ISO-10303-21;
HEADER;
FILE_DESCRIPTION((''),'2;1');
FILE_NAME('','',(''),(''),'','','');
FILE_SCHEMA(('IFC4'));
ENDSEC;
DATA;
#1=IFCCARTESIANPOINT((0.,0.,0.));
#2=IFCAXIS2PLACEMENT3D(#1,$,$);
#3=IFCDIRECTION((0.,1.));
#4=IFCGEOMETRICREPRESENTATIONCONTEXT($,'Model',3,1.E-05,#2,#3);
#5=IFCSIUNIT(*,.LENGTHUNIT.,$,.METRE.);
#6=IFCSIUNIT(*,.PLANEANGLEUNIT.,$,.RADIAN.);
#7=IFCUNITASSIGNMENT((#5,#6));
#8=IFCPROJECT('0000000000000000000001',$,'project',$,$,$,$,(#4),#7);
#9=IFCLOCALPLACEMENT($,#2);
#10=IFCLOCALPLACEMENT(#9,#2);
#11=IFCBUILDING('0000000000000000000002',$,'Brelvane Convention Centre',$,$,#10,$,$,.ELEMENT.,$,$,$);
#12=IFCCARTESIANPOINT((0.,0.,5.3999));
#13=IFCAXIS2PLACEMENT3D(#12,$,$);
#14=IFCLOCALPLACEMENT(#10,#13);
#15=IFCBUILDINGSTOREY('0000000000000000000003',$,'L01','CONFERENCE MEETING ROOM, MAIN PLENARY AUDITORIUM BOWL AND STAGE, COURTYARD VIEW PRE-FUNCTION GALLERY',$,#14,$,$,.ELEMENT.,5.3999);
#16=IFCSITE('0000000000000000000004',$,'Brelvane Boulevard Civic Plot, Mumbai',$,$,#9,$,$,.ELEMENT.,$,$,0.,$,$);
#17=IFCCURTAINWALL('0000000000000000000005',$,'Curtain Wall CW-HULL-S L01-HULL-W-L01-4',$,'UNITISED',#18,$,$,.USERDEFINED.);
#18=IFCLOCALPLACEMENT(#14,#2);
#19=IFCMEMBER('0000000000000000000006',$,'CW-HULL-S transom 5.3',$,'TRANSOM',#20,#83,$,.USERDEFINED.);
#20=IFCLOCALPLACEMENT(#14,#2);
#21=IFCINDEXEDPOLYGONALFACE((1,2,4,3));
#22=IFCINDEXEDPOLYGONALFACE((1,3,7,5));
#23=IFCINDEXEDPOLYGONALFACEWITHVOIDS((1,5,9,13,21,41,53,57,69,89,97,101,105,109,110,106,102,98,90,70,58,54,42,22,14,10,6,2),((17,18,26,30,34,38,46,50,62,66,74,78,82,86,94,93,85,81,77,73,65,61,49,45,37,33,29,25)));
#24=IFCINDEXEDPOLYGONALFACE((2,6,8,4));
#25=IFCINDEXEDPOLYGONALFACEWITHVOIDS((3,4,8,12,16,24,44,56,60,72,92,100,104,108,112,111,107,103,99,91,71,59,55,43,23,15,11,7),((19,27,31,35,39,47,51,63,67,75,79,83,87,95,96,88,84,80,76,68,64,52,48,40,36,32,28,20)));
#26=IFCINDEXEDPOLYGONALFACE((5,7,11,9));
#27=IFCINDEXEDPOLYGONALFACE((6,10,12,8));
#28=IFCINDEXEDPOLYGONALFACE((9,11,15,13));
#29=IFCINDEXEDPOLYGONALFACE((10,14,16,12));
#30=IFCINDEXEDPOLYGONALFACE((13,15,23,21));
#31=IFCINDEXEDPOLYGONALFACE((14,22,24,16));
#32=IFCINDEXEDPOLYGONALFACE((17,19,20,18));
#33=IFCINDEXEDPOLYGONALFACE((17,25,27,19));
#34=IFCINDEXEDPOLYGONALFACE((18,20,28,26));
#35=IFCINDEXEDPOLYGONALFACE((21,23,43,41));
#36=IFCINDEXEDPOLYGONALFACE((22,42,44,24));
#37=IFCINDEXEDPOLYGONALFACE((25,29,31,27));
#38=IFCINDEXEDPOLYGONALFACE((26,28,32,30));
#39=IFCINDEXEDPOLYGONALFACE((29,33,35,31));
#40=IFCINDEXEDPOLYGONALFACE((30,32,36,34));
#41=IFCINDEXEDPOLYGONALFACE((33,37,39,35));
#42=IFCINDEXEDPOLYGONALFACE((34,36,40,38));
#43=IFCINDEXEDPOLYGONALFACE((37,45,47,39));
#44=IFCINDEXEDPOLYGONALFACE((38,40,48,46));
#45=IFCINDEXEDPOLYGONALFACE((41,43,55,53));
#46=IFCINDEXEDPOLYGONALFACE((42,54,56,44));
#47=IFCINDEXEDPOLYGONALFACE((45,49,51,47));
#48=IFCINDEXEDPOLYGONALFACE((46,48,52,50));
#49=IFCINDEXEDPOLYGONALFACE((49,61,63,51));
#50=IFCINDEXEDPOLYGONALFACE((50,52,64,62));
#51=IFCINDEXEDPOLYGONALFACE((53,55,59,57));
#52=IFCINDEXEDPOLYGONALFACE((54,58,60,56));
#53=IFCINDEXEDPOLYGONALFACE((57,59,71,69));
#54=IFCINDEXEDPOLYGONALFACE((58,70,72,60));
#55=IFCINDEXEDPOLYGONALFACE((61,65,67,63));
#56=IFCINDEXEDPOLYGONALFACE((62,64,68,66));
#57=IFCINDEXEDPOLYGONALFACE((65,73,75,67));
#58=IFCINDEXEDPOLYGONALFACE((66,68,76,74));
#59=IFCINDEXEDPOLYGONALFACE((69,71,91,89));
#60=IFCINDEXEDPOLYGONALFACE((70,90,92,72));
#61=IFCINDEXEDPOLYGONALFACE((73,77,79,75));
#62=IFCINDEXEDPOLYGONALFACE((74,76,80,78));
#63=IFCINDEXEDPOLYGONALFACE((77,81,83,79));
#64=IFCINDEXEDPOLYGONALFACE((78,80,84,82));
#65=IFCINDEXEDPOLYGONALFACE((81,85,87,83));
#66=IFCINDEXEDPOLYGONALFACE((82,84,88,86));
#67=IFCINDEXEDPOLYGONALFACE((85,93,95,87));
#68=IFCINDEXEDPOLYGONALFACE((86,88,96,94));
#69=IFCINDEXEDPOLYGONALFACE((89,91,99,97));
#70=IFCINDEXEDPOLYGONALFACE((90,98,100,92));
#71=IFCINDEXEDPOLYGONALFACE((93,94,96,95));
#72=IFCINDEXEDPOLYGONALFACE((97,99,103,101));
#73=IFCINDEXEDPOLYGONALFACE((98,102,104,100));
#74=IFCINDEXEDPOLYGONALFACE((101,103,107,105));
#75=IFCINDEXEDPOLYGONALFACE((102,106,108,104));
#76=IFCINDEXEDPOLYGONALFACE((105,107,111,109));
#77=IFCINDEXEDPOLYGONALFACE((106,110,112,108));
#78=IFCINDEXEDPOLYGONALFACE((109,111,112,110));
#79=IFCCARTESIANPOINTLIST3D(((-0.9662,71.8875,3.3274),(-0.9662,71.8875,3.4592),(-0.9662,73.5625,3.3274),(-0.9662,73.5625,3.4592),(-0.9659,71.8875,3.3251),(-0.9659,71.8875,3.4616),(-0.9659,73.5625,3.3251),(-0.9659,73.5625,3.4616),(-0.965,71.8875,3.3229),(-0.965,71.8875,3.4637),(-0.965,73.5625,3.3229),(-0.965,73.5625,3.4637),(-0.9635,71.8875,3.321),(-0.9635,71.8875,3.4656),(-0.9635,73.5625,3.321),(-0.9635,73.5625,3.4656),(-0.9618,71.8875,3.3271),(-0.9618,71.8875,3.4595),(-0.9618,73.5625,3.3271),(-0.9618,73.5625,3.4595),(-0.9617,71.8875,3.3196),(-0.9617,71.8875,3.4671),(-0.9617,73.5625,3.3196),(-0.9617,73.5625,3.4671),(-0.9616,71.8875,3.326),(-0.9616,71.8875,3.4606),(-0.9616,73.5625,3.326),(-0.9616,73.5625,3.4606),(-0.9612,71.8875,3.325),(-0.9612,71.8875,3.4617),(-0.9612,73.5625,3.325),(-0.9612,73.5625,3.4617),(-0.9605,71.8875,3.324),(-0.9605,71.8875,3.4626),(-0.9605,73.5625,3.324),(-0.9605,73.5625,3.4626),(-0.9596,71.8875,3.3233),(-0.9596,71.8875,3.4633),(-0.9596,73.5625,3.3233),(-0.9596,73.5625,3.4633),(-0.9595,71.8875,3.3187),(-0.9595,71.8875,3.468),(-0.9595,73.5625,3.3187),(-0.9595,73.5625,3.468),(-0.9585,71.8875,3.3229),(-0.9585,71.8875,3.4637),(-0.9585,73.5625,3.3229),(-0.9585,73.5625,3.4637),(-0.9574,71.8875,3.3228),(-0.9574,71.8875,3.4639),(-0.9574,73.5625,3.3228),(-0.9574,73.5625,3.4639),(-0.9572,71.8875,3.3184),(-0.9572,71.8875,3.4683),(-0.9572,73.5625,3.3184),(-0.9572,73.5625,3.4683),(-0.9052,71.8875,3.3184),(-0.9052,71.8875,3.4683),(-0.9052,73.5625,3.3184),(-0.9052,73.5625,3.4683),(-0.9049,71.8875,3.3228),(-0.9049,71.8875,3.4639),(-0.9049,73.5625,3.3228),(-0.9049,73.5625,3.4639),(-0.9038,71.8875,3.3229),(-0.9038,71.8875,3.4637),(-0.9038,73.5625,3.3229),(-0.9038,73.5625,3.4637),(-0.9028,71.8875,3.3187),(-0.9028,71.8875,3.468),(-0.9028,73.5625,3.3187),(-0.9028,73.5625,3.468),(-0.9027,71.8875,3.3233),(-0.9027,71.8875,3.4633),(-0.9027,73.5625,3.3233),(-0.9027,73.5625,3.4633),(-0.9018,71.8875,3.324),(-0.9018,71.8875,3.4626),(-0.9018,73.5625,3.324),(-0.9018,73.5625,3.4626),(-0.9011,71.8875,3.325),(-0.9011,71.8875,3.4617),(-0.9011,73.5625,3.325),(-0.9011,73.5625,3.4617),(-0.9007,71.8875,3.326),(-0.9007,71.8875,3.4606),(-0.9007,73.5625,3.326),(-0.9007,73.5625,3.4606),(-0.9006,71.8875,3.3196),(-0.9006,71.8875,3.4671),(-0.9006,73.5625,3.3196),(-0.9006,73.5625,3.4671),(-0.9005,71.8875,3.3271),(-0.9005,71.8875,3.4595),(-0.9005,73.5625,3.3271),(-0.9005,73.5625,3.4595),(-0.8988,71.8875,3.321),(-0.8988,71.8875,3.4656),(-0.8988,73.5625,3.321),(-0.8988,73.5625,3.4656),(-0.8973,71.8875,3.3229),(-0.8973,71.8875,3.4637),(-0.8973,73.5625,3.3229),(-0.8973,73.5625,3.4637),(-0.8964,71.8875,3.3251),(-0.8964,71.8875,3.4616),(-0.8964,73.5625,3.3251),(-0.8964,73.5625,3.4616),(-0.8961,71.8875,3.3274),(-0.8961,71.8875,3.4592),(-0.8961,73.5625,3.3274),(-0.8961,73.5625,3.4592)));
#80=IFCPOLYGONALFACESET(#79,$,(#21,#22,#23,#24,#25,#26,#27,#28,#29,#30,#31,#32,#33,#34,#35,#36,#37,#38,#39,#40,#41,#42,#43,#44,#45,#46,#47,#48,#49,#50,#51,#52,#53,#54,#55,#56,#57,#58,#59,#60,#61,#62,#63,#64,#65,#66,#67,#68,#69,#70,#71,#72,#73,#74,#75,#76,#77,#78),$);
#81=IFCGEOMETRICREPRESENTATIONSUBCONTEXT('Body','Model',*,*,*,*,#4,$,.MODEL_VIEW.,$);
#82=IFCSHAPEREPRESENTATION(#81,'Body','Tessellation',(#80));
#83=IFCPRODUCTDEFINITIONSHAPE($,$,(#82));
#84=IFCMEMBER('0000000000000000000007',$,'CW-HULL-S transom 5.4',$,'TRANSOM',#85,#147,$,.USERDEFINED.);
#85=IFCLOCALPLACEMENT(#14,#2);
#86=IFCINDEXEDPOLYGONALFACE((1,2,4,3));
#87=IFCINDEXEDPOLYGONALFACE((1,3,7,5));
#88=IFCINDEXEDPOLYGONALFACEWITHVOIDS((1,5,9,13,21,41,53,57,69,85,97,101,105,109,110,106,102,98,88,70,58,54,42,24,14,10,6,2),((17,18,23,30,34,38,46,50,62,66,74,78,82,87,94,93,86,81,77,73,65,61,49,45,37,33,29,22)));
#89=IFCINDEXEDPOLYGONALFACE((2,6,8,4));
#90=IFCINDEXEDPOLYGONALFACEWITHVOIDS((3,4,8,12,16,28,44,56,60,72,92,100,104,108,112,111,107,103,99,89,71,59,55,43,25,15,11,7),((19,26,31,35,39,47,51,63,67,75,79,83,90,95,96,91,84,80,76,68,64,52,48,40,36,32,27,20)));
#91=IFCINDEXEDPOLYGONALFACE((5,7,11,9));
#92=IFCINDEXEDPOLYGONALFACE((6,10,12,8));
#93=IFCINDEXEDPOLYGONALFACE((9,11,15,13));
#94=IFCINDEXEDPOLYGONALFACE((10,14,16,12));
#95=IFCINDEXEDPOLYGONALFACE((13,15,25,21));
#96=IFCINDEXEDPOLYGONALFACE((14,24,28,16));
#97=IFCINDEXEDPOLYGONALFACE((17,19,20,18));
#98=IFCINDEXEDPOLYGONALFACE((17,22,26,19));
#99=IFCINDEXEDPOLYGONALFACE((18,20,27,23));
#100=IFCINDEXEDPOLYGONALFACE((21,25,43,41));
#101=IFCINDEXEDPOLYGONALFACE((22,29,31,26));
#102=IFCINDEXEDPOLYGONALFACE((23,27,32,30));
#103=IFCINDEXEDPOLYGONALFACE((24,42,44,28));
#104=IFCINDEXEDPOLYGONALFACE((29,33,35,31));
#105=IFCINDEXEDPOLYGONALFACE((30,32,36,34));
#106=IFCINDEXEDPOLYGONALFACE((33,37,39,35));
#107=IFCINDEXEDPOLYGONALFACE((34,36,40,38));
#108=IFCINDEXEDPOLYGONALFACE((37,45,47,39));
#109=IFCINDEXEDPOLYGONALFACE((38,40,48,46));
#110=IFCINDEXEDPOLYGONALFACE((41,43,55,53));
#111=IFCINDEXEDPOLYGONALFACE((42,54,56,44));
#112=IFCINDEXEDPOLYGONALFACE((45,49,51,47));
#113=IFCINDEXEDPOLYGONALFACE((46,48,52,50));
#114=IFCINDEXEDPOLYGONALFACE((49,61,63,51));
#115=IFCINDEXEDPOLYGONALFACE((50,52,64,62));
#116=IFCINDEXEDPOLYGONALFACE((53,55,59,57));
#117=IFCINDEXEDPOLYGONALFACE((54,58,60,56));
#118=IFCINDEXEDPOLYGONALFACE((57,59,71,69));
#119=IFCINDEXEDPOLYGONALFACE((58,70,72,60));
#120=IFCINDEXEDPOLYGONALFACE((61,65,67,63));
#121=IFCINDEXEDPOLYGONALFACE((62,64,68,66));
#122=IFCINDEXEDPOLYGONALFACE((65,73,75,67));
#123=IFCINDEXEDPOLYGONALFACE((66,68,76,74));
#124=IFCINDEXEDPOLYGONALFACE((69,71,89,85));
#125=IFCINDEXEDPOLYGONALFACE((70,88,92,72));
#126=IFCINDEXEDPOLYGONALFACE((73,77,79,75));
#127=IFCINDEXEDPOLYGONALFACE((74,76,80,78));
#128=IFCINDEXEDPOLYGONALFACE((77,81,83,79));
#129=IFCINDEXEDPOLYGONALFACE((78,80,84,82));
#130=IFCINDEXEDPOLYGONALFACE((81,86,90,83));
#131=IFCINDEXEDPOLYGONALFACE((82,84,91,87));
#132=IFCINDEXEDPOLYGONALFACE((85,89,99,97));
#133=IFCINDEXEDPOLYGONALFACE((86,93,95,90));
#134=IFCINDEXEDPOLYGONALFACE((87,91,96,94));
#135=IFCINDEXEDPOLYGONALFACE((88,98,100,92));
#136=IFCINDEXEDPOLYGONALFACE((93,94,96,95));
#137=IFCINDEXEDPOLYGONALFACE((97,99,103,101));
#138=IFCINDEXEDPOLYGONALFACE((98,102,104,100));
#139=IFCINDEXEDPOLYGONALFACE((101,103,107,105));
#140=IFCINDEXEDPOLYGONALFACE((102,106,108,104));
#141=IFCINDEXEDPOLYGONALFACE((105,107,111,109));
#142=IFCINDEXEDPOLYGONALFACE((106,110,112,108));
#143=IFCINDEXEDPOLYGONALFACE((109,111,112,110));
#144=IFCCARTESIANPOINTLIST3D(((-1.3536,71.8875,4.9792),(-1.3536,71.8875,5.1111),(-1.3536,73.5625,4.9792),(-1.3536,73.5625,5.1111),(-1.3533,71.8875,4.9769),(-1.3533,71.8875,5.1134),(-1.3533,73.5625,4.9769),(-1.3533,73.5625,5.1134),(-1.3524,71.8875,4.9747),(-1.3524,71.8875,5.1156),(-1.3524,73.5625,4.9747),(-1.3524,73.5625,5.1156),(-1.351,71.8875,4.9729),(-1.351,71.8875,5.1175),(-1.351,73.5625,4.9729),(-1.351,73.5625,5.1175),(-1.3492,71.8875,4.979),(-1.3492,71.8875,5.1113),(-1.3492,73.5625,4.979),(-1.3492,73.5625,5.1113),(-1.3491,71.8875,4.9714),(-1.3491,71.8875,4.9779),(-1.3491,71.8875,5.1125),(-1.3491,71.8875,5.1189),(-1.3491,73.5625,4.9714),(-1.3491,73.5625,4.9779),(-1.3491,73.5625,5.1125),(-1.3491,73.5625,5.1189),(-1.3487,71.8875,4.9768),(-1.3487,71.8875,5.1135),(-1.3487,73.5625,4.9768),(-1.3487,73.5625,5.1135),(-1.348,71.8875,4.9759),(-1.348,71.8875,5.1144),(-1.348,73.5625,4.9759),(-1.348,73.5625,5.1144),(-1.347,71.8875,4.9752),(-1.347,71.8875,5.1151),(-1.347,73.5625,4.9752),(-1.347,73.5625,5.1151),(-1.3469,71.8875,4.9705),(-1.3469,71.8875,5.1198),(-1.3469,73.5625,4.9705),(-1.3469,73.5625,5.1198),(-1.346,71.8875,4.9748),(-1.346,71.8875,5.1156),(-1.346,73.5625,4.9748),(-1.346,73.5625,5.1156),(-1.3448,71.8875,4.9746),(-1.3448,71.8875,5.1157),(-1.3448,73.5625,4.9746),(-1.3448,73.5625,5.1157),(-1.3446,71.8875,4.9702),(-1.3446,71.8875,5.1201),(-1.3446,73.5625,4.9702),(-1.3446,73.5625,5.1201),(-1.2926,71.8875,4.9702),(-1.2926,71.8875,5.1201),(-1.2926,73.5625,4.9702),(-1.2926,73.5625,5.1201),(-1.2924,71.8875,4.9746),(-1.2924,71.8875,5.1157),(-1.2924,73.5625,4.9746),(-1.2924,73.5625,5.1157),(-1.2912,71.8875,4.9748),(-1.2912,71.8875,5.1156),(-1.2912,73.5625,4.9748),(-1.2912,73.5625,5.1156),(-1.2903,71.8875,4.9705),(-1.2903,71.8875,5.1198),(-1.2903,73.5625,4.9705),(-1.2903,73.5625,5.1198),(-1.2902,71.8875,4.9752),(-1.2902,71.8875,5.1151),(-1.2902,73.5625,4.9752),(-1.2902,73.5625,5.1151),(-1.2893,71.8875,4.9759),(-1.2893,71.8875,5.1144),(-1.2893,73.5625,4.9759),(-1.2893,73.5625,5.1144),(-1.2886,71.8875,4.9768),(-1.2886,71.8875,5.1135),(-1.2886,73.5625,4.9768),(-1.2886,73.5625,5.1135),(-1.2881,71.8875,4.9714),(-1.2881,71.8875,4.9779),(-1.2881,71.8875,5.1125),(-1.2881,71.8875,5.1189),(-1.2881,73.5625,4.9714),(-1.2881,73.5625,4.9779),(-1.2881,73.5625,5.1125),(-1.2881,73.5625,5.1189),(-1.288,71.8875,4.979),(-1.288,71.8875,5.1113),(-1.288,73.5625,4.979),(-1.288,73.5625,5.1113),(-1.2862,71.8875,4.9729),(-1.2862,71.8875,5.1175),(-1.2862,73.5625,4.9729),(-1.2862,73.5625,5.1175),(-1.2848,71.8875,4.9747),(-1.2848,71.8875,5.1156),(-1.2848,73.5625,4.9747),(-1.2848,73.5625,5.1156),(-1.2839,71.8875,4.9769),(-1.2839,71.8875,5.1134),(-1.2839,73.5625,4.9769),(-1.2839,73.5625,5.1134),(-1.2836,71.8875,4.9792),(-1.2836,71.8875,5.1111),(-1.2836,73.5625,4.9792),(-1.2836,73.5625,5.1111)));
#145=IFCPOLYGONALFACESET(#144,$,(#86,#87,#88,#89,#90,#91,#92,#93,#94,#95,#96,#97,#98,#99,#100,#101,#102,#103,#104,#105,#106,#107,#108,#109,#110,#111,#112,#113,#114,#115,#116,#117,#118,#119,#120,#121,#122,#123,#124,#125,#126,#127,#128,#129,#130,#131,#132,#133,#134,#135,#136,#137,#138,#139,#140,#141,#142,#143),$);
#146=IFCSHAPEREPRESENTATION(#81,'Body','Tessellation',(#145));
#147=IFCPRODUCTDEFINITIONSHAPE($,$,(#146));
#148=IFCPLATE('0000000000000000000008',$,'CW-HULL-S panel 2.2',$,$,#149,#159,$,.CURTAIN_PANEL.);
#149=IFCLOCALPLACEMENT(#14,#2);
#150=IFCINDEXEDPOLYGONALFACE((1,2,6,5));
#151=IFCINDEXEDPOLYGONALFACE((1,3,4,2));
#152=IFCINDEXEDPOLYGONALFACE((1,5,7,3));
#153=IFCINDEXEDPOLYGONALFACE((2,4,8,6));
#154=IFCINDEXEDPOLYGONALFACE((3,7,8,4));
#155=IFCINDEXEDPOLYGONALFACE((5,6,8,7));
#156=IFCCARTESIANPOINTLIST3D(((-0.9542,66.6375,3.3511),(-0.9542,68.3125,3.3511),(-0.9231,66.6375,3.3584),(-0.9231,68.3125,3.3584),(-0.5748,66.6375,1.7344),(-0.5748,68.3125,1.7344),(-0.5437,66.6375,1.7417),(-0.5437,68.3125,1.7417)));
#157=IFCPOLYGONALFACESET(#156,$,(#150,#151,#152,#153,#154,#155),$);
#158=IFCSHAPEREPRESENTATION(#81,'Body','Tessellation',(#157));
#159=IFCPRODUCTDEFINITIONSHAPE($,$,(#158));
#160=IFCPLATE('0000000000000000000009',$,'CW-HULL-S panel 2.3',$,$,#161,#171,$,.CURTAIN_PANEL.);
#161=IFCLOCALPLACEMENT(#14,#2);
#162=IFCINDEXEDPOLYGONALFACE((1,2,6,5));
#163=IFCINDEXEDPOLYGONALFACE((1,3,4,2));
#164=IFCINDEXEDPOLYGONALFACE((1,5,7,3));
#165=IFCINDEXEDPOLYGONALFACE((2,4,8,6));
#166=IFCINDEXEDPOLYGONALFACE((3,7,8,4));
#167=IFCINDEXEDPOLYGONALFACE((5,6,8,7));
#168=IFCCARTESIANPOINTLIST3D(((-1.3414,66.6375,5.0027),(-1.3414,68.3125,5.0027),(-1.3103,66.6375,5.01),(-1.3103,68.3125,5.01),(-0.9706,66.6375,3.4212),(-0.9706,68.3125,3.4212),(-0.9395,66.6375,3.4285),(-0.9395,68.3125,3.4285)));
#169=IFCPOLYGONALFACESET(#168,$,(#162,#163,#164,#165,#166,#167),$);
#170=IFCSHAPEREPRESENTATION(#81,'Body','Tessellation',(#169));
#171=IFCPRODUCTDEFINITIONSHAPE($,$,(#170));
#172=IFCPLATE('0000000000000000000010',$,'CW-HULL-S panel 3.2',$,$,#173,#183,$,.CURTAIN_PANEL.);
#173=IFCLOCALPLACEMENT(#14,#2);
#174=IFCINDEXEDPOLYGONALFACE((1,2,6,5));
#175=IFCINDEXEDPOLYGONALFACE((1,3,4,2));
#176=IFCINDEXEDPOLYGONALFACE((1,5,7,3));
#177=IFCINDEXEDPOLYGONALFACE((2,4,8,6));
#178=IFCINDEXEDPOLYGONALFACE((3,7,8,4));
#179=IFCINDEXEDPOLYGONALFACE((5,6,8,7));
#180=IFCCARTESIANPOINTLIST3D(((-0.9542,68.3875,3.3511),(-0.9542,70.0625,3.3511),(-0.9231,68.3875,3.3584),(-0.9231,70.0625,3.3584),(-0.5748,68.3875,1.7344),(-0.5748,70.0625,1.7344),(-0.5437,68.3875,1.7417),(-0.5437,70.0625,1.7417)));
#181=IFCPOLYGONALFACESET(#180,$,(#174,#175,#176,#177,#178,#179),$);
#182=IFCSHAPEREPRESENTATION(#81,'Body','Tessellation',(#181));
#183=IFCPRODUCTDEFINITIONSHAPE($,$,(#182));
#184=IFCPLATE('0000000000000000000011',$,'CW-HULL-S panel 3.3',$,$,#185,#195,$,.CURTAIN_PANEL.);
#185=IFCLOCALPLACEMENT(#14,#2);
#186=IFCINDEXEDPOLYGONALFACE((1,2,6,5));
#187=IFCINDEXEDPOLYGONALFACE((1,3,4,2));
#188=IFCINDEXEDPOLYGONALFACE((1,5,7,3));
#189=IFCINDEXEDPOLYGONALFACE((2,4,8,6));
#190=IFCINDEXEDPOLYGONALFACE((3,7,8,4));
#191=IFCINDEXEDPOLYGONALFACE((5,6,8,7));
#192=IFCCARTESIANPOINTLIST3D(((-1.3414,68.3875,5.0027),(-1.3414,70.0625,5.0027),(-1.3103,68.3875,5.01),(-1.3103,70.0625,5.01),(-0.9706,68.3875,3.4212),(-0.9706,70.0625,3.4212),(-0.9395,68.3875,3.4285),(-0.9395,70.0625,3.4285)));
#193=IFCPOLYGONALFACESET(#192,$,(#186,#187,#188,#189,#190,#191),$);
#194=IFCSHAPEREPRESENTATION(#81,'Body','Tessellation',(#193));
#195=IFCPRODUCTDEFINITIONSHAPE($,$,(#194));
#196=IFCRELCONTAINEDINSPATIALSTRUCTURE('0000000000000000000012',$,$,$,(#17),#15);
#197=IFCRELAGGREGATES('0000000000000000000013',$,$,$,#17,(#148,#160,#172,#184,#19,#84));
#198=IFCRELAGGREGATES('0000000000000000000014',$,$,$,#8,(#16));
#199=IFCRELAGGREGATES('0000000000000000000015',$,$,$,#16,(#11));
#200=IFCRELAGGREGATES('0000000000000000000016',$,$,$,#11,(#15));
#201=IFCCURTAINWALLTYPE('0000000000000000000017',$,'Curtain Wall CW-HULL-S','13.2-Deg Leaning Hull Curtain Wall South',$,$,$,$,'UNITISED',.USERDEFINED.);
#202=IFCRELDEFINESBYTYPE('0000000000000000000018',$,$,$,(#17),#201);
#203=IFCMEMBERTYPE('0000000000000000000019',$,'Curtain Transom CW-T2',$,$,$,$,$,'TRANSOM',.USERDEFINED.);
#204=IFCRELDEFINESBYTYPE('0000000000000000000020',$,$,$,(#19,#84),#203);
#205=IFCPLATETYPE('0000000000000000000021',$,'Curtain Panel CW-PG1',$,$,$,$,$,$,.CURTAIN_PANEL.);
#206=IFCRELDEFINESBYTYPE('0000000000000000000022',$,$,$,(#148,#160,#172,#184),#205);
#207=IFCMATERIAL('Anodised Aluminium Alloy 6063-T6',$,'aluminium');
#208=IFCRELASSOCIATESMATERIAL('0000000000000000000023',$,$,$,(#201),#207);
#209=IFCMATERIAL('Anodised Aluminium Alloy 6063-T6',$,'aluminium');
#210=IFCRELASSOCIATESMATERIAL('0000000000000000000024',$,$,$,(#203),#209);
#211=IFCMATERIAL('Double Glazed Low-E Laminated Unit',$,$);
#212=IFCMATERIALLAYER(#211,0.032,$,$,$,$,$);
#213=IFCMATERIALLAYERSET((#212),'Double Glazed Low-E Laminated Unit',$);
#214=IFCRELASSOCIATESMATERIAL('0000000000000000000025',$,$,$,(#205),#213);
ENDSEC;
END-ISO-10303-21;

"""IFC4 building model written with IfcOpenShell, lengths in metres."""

from ifc_helpers import new_model, si_unit, direction, frame, origin, origin_2d, place, context, subcontext, project, spatial, polyline, hollow_rectangle, outline, extrude, material, layer, layer_set, material_profile, profile_set, type_object, element, aggregate, save


model = new_model("IFC4")

# Units and contexts
model_context = context("Model", 3, precision=1e-05, world=origin(), true_north=direction((0.0, 1.0)))
body_context = subcontext(model_context, "Body", "Model", "MODEL_VIEW")
ifc_project = project(units=[si_unit("LENGTHUNIT", "METRE"), si_unit("PLANEANGLEUNIT", "RADIAN")], contexts=[model_context])

# Site, building, storey
site_placement = place(None, origin())
site = spatial("IfcSite", under=ifc_project, at=site_placement, Name="Brelvane Boulevard Civic Plot, Mumbai", CompositionType="ELEMENT", RefElevation=0.0)
building_placement = place(site_placement, origin())
building = spatial("IfcBuilding", under=site, at=building_placement, Name="Brelvane Convention Centre", CompositionType="ELEMENT")
storey_placement = place(building_placement, frame((0.0, 0.0, 5.3999)))
storey = spatial("IfcBuildingStorey", under=building, at=storey_placement, Name="L01", Description="CONFERENCE MEETING ROOM, MAIN PLENARY AUDITORIUM BOWL AND STAGE, COURTYARD VIEW PRE-FUNCTION GALLERY", CompositionType="ELEMENT", Elevation=5.3999)

# Curtain wall, members, plates
ifc_material_1 = material(Name="Anodised Aluminium Alloy 6063-T6", Category="aluminium")
curtain_wall_type = type_object("IfcCurtainWallType", Name="Curtain Wall CW-HULL-S", Description="13.2-Deg Leaning Hull Curtain Wall South", ElementType="UNITISED", PredefinedType="USERDEFINED", material=ifc_material_1)
curtain_wall_placement = place(storey_placement, origin())
curtain_wall = element("IfcCurtainWall", 1, at=curtain_wall_placement, inside=storey, type_object=curtain_wall_type, Name="Curtain Wall CW-HULL-S L01-HULL-W-L01-4", ObjectType="UNITISED", PredefinedType="USERDEFINED")
ifc_material_2 = material(Name="Anodised Aluminium Alloy 6063-T6", Category="aluminium")
ifc_material_profile_1 = material_profile(ifc_material_2, hollow_rectangle(XDim=0.0701, YDim=0.1499, WallThickness=0.0044, InnerFilletRadius=0.0044, OuterFilletRadius=0.009, at=origin_2d()), Name="ALU-T 150x70x4.5")
ifc_profile_set_1 = profile_set([ifc_material_profile_1], Name="Anodised Aluminium Alloy 6063-T6")
member_type_1 = type_object("IfcMemberType", Name="Curtain Transom CW-T2", ElementType="TRANSOM", PredefinedType="USERDEFINED", material=ifc_profile_set_1)
member_1_placement = place(storey_placement, frame((-0.9312, 71.8875, 3.3933), z_axis=(0.0, 1.0, 0.0), x_axis=(-1.0, 0.0, 0.0)))
member_1 = element("IfcMember", 2, at=member_1_placement, type_object=member_type_1, Name="CW-HULL-S transom 5.3", ObjectType="TRANSOM", PredefinedType="USERDEFINED", context=body_context, shape_type="SweptSolid", body=[
    extrude(hollow_rectangle(XDim=0.0701, YDim=0.1499, WallThickness=0.0044, InnerFilletRadius=0.0044, OuterFilletRadius=0.009, at=origin_2d()), origin(), (0.0, 0.0, 1.0), 1.675),
])
member_2_placement = place(storey_placement, frame((-1.3186, 71.8875, 5.0452), z_axis=(0.0, 1.0, 0.0), x_axis=(-1.0, 0.0, 0.0)))
member_2 = element("IfcMember", 3, at=member_2_placement, type_object=member_type_1, Name="CW-HULL-S transom 5.4", ObjectType="TRANSOM", PredefinedType="USERDEFINED", context=body_context, shape_type="SweptSolid", body=[
    extrude(hollow_rectangle(XDim=0.0701, YDim=0.1499, WallThickness=0.0044, InnerFilletRadius=0.0044, OuterFilletRadius=0.009, at=origin_2d()), origin(), (0.0, 0.0, 1.0), 1.675),
])
ifc_material_3 = material(Name="Double Glazed Low-E Laminated Unit")
ifc_layer_1 = layer(ifc_material_3, 0.032)
ifc_layer_set_1 = layer_set([ifc_layer_1], Name="Double Glazed Low-E Laminated Unit")
plate_type_1 = type_object("IfcPlateType", Name="Curtain Panel CW-PG1", PredefinedType="CURTAIN_PANEL", material=ifc_layer_set_1)
plate_1_placement = place(storey_placement, frame((-0.5437, 66.6375, 1.7417), z_axis=(0.973552, 0.0, 0.228466), x_axis=(0.0, 1.0, 0.0)))
plate_1 = element("IfcPlate", 4, at=plate_1_placement, type_object=plate_type_1, Name="CW-HULL-S panel 2.2", PredefinedType="CURTAIN_PANEL", context=body_context, shape_type="SweptSolid", body=[
    extrude(outline(polyline([(0.0, 0.0), (1.675, 0.0), (1.675, 1.6606), (0.0, 1.6606), (0.0, 0.0)])), origin(), (0.0, 0.0, -1.0), 0.032),
])
plate_2_placement = place(storey_placement, frame((-0.9395, 66.6375, 3.4285), z_axis=(0.973592, 0.0, 0.228294), x_axis=(0.0, 1.0, 0.0)))
plate_2 = element("IfcPlate", 5, at=plate_2_placement, type_object=plate_type_1, Name="CW-HULL-S panel 2.3", PredefinedType="CURTAIN_PANEL", context=body_context, shape_type="SweptSolid", body=[
    extrude(outline(polyline([(0.0, 0.0), (1.675, 0.0), (1.675, 1.6244), (0.0, 1.6244), (0.0, 0.0)])), origin(), (0.0, 0.0, -1.0), 0.032),
])
plate_3_placement = place(storey_placement, frame((-0.5437, 68.3875, 1.7417), z_axis=(0.973552, 0.0, 0.228466), x_axis=(0.0, 1.0, 0.0)))
plate_3 = element("IfcPlate", 6, at=plate_3_placement, type_object=plate_type_1, Name="CW-HULL-S panel 3.2", PredefinedType="CURTAIN_PANEL", context=body_context, shape_type="SweptSolid", body=[
    extrude(outline(polyline([(0.0, 0.0), (1.675, 0.0), (1.675, 1.6606), (0.0, 1.6606), (0.0, 0.0)])), origin(), (0.0, 0.0, -1.0), 0.032),
])
plate_4_placement = place(storey_placement, frame((-0.9395, 68.3875, 3.4285), z_axis=(0.973592, 0.0, 0.228294), x_axis=(0.0, 1.0, 0.0)))
plate_4 = element("IfcPlate", 7, at=plate_4_placement, type_object=plate_type_1, Name="CW-HULL-S panel 3.3", PredefinedType="CURTAIN_PANEL", context=body_context, shape_type="SweptSolid", body=[
    extrude(outline(polyline([(0.0, 0.0), (1.675, 0.0), (1.675, 1.6244), (0.0, 1.6244), (0.0, 0.0)])), origin(), (0.0, 0.0, -1.0), 0.032),
])
aggregate(curtain_wall, [plate_1, plate_2, plate_3, plate_4, member_1, member_2])

save(model, "model.ifc")
